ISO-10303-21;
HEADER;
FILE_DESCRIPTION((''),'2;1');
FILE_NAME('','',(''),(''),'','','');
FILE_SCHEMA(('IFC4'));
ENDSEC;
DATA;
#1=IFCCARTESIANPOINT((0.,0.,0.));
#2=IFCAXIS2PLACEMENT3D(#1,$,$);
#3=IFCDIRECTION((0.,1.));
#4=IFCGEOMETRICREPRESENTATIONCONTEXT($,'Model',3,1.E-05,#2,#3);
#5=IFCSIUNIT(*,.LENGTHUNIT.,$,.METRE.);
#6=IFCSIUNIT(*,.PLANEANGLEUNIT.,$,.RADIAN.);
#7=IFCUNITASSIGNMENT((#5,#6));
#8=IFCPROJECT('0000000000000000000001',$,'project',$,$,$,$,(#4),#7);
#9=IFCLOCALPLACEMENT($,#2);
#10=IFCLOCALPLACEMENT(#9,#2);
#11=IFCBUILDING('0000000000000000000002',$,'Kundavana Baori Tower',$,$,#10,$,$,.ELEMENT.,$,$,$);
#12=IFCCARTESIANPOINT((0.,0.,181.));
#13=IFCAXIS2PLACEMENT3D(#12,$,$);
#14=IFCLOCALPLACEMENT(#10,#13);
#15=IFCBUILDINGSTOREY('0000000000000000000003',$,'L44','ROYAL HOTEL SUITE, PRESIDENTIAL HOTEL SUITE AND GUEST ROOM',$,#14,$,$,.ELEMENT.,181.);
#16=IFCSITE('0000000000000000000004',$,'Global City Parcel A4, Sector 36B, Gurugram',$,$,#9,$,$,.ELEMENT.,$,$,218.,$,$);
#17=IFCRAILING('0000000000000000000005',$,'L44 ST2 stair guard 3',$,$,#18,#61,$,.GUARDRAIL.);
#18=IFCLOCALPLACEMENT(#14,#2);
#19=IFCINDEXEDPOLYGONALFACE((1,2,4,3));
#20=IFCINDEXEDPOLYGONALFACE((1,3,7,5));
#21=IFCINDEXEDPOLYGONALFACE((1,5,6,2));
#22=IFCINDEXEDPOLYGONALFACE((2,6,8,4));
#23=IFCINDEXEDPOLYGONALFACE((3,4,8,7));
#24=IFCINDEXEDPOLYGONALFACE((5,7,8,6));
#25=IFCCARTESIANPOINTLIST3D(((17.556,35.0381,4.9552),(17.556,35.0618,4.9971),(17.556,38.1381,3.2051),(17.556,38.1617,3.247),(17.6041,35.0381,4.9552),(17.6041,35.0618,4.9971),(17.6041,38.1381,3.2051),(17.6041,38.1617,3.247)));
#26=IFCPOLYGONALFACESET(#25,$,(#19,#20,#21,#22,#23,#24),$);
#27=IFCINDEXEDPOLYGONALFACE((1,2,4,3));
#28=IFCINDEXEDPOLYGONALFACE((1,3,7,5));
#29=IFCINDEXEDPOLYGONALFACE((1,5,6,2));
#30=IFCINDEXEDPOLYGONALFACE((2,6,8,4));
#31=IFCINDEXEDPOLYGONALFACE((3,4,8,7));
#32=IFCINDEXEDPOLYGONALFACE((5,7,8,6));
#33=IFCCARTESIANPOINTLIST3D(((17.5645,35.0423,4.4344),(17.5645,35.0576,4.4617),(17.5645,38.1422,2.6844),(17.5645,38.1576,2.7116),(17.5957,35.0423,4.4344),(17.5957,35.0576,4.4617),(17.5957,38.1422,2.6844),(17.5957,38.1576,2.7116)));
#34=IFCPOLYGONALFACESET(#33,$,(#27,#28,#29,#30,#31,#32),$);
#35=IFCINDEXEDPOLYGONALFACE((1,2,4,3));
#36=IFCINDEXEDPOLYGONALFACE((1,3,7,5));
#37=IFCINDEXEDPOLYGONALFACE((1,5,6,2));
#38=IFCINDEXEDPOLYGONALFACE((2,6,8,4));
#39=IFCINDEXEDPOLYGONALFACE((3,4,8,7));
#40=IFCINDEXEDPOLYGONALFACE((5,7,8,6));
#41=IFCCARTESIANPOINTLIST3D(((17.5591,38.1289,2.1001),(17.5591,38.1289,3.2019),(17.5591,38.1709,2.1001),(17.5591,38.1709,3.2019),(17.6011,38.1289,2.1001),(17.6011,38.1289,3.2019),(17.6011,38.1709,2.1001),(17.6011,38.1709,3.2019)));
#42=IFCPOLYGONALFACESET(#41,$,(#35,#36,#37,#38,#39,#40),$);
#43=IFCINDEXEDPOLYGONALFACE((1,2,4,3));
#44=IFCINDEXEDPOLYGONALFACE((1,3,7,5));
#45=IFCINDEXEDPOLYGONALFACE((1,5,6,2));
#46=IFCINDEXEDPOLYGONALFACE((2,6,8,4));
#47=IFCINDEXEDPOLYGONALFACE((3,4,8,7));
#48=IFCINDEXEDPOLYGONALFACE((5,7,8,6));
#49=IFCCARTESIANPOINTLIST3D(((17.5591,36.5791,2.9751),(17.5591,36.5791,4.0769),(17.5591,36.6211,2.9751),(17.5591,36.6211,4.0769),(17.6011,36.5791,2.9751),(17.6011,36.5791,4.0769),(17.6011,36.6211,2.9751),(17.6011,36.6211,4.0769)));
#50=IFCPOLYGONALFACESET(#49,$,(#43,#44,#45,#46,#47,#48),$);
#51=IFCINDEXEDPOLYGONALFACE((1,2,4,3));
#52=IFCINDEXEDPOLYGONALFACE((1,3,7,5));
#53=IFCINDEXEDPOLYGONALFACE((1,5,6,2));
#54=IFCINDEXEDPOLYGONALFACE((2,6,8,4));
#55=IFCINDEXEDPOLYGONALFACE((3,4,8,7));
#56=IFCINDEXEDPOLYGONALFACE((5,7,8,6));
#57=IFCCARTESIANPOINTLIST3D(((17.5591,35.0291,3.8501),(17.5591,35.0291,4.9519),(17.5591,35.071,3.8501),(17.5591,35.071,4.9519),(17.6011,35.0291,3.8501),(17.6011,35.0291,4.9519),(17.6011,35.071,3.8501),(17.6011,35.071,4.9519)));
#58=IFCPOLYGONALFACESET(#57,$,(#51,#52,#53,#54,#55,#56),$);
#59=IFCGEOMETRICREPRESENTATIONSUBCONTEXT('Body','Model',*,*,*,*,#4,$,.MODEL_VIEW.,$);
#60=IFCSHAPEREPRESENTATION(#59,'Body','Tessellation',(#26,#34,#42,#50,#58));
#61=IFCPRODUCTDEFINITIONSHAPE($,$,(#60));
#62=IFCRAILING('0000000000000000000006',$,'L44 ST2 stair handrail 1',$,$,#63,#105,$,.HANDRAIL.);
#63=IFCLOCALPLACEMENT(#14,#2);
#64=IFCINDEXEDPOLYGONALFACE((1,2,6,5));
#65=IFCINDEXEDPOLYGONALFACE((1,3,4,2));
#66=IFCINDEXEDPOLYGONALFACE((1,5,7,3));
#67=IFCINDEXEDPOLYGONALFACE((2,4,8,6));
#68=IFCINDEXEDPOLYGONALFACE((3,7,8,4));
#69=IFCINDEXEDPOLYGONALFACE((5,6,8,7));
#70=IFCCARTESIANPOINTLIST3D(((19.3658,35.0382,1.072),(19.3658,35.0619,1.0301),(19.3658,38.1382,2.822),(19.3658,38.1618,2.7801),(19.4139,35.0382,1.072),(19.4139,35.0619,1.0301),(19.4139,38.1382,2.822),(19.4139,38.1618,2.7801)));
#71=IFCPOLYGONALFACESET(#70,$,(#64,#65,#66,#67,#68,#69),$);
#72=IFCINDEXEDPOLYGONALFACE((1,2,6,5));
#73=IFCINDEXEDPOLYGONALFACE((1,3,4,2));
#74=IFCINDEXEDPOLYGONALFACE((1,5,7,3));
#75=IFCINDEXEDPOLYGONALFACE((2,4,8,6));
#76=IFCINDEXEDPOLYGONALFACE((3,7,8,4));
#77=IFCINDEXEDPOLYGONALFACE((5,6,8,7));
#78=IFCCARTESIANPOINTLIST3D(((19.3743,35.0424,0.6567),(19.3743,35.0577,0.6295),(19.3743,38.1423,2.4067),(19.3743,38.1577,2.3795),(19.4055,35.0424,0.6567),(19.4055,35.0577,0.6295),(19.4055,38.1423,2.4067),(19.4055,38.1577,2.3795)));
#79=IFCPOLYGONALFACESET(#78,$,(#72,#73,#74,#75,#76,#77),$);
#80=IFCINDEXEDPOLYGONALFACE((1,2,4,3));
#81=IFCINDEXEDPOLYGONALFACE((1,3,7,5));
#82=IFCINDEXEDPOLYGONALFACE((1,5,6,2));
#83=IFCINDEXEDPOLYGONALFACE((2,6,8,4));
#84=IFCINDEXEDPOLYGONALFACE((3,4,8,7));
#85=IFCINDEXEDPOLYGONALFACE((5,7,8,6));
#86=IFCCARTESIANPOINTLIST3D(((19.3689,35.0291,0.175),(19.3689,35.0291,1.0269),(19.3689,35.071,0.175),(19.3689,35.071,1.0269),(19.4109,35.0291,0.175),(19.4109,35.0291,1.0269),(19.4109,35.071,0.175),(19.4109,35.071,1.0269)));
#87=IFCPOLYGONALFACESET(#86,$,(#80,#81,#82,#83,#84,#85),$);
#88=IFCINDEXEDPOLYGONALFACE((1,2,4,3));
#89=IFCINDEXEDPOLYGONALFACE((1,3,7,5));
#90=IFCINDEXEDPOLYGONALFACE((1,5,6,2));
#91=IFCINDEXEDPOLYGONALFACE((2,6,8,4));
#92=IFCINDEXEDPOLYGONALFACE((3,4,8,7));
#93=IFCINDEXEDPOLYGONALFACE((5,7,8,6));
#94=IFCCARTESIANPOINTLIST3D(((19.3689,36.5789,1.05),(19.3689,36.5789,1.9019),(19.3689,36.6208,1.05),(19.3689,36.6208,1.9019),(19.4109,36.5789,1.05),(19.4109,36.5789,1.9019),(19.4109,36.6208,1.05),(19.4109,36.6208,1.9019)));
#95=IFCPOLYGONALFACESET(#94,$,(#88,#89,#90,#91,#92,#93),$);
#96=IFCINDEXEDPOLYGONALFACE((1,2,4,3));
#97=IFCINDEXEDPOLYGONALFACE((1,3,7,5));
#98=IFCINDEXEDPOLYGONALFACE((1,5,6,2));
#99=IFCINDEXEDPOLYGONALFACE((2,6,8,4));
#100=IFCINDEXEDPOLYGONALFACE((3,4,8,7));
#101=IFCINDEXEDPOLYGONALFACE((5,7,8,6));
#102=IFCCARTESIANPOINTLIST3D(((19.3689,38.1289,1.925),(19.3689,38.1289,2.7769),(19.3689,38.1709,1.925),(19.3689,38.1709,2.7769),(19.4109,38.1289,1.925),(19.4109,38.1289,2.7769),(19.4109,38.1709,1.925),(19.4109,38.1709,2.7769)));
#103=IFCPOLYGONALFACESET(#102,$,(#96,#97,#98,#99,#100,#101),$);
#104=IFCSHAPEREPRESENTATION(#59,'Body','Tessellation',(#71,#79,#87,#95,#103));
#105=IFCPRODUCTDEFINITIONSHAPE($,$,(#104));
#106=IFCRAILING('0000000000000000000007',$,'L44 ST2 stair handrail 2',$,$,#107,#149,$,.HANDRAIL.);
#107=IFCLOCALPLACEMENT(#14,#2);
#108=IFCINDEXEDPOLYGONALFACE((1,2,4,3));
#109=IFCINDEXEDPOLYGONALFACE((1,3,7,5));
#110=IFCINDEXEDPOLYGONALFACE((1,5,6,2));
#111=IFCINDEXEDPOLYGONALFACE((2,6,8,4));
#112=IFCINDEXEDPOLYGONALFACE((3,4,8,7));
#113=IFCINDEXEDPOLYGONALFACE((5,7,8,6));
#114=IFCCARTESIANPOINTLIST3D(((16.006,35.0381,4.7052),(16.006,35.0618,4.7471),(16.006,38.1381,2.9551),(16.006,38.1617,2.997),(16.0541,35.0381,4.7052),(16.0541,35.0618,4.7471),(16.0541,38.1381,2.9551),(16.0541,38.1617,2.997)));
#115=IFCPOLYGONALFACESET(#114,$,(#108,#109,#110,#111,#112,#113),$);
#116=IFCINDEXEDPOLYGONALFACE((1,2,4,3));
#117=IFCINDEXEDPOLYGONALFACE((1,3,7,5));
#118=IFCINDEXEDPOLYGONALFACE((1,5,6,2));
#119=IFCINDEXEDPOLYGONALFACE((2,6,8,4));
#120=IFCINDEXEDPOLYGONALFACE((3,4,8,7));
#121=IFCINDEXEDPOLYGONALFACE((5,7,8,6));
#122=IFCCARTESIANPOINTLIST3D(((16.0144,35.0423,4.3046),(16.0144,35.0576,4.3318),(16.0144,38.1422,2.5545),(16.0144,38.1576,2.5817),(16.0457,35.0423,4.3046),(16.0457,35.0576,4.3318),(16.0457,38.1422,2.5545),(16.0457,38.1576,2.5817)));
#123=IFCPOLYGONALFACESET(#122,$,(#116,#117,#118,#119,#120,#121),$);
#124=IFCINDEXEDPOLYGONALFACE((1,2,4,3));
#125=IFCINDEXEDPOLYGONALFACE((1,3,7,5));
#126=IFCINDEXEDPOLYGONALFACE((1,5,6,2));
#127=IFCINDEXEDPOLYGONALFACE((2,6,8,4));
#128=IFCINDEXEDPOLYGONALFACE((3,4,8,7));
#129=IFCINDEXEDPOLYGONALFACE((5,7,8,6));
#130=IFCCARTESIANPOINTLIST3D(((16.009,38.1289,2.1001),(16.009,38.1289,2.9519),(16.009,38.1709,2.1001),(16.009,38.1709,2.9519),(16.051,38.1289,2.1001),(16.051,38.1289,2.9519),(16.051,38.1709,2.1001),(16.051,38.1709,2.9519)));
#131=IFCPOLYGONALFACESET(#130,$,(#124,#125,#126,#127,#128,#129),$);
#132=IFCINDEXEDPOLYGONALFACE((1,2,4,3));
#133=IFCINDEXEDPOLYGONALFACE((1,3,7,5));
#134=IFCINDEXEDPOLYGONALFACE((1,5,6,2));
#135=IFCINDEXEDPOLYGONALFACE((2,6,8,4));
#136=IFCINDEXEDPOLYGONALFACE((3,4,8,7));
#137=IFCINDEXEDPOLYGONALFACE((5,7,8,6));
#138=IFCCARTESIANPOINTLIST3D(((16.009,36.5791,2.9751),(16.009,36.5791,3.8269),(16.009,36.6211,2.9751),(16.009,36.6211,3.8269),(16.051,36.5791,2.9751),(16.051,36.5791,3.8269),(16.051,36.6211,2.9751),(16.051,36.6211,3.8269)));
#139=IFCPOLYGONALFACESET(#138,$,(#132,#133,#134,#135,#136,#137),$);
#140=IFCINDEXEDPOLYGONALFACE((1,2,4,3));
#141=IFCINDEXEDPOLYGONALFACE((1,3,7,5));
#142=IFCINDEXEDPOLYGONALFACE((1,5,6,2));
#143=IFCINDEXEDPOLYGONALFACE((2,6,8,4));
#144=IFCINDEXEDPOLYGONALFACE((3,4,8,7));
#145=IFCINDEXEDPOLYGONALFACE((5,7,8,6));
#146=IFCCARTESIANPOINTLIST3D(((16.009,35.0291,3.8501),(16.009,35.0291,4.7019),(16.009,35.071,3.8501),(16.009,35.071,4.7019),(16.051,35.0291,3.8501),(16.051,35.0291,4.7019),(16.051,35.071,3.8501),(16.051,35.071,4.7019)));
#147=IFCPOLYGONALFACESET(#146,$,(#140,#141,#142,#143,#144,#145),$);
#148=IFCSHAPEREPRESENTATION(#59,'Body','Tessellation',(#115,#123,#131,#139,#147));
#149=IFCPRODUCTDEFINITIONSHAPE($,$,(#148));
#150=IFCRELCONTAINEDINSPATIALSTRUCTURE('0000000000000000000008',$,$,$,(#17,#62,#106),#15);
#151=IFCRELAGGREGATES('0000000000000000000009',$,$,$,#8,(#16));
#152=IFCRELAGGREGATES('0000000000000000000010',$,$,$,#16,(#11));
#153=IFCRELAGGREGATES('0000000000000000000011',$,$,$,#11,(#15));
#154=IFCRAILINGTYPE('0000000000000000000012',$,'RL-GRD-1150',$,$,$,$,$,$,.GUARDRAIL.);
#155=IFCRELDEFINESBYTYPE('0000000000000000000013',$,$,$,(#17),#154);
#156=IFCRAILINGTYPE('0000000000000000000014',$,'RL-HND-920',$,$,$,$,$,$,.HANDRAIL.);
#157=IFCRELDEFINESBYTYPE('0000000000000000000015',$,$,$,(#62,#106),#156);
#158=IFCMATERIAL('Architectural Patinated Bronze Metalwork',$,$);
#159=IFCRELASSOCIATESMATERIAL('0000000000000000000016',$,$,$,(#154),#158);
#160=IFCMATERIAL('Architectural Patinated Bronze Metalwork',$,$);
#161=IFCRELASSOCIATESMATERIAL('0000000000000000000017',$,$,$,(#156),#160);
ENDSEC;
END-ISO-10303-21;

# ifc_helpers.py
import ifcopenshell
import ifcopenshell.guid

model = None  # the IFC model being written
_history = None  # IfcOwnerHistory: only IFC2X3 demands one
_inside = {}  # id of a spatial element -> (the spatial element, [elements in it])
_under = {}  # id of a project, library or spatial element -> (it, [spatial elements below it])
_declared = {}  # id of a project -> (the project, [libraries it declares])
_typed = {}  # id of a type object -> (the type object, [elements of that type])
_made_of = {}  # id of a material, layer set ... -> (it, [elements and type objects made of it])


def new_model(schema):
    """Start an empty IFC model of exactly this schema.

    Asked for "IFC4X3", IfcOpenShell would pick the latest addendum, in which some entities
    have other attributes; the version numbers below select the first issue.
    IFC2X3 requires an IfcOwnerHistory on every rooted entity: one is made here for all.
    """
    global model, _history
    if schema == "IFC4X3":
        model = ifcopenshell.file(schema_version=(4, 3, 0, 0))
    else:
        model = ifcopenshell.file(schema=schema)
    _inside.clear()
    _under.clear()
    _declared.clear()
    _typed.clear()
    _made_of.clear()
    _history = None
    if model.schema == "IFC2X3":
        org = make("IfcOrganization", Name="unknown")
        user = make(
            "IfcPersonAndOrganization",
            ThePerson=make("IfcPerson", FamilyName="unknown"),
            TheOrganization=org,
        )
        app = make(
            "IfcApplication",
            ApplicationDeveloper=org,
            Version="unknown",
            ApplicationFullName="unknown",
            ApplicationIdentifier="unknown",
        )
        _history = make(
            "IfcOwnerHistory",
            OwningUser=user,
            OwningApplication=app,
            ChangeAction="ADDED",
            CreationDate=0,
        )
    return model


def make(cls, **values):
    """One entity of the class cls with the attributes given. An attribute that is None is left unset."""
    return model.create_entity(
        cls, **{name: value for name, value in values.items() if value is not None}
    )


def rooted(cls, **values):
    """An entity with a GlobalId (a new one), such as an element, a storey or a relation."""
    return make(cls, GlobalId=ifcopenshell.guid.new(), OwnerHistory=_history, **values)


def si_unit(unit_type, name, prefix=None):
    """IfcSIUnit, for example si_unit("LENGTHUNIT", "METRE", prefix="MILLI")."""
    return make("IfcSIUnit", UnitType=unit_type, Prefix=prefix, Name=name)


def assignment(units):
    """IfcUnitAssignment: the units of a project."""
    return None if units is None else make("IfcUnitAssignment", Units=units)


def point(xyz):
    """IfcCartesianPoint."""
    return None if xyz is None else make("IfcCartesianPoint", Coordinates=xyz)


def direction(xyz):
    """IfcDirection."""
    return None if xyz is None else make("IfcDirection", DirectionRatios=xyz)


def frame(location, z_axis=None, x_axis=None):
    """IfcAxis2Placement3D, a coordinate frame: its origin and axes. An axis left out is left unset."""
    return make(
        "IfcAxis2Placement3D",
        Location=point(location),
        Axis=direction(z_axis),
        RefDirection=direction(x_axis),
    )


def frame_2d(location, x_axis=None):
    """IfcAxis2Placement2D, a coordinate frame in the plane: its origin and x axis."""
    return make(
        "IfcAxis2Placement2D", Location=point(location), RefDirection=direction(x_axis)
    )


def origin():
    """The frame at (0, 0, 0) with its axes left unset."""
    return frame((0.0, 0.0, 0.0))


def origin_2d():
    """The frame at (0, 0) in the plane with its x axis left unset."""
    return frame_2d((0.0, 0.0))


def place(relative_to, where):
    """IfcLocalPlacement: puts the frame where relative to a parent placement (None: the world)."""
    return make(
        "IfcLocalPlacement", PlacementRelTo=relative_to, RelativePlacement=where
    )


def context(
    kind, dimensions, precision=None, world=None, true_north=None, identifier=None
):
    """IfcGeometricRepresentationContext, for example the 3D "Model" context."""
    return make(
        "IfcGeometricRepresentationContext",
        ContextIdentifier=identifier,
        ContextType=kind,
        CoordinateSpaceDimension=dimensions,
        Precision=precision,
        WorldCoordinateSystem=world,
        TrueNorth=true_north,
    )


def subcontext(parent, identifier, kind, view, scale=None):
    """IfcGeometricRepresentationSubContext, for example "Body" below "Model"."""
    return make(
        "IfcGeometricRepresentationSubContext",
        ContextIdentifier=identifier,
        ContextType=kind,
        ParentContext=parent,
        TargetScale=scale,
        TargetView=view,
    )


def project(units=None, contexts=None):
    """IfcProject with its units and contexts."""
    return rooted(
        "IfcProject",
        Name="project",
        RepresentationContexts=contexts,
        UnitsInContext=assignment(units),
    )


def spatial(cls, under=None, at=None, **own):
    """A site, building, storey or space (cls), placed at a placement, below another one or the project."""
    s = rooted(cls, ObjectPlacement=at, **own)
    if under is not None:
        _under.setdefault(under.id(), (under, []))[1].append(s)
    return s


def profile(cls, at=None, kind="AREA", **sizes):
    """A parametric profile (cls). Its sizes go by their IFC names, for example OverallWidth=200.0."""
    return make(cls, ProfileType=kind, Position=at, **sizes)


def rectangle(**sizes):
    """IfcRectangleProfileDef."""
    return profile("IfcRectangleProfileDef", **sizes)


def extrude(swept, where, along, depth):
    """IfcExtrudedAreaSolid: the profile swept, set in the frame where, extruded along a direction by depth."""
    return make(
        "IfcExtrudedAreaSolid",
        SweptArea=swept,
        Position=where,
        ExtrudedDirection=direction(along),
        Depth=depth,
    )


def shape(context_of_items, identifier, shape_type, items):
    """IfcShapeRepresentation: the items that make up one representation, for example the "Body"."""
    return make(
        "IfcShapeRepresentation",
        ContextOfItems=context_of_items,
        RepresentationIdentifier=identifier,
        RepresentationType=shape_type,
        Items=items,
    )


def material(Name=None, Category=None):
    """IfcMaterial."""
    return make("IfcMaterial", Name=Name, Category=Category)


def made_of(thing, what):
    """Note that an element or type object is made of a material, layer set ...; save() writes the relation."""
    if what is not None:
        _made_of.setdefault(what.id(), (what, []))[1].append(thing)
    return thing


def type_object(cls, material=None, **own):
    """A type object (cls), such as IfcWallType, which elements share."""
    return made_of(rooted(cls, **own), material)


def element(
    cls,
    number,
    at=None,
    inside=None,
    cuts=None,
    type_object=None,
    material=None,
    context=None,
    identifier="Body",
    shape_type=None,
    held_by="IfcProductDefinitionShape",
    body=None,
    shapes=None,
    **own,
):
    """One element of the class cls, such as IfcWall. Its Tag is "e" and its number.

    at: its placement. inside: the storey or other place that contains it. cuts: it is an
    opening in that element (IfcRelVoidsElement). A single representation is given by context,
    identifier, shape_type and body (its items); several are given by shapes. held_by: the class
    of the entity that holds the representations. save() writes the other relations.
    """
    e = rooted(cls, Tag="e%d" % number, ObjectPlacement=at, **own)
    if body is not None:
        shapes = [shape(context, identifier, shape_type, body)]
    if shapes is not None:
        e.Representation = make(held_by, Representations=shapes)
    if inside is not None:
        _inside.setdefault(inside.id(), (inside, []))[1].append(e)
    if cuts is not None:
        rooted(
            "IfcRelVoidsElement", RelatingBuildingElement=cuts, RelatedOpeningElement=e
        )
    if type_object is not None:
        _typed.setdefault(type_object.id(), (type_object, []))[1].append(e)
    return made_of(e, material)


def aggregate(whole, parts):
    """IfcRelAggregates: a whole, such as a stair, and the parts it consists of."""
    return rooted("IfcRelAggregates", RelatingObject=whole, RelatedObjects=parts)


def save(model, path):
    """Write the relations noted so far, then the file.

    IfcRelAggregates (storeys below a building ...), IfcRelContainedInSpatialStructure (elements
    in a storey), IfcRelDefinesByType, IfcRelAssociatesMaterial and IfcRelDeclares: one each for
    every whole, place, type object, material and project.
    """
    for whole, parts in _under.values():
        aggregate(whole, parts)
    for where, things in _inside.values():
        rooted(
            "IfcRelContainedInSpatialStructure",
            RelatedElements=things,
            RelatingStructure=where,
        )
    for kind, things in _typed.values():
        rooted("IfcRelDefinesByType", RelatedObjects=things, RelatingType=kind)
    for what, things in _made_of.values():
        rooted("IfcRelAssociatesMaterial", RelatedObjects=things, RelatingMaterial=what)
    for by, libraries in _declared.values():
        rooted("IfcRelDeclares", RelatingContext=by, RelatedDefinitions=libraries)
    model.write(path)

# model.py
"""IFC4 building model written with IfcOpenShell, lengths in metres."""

from ifc_helpers import new_model, si_unit, direction, frame, origin, origin_2d, place, context, subcontext, project, spatial, rectangle, extrude, material, type_object, element, save


model = new_model("IFC4")

# Units and contexts
model_context = context("Model", 3, precision=1e-05, world=origin(), true_north=direction((0.0, 1.0)))
body_context = subcontext(model_context, "Body", "Model", "MODEL_VIEW")
ifc_project = project(units=[si_unit("LENGTHUNIT", "METRE"), si_unit("PLANEANGLEUNIT", "RADIAN")], contexts=[model_context])

# Site, building, storey
site_placement = place(None, origin())
site = spatial("IfcSite", under=ifc_project, at=site_placement, Name="Global City Parcel A4, Sector 36B, Gurugram", CompositionType="ELEMENT", RefElevation=218.0)
building_placement = place(site_placement, origin())
building = spatial("IfcBuilding", under=site, at=building_placement, Name="Kundavana Baori Tower", CompositionType="ELEMENT")
storey_placement = place(building_placement, frame((0.0, 0.0, 181.0)))
storey = spatial("IfcBuildingStorey", under=building, at=storey_placement, Name="L44", Description="ROYAL HOTEL SUITE, PRESIDENTIAL HOTEL SUITE AND GUEST ROOM", CompositionType="ELEMENT", Elevation=181.0)

# Railings
ifc_material_1 = material(Name="Architectural Patinated Bronze Metalwork")
railing_type_1 = type_object("IfcRailingType", Name="RL-GRD-1150", PredefinedType="GUARDRAIL", material=ifc_material_1)
railing_1_placement = place(storey_placement, frame((17.5801, 38.1499, 2.1001)))
element("IfcRailing", 1, at=railing_1_placement, inside=storey, type_object=railing_type_1, Name="L44 ST2 stair guard 3", PredefinedType="GUARDRAIL", context=body_context, shape_type="SweptSolid", body=[
    extrude(rectangle(XDim=0.0481, YDim=0.0481, at=origin_2d()), frame((0.0, 0.0, 1.126), z_axis=(0.0, -0.870814, 0.491612), x_axis=(1.0, 0.0, 0.0)), (0.0, 0.0, 1.0), 3.5598),
    extrude(rectangle(XDim=0.0312, YDim=0.0312, at=origin_2d()), frame((0.0, 0.0, 0.5979), z_axis=(0.0, -0.870814, 0.491612), x_axis=(1.0, 0.0, 0.0)), (0.0, 0.0, 1.0), 3.5598),
    extrude(rectangle(XDim=0.042, YDim=0.042, at=origin_2d()), origin(), (0.0, 0.0, 1.0), 1.1018),
    extrude(rectangle(XDim=0.042, YDim=0.042, at=origin_2d()), frame((0.0, -1.5498, 0.875)), (0.0, 0.0, 1.0), 1.1018),
    extrude(rectangle(XDim=0.042, YDim=0.042, at=origin_2d()), frame((0.0, -3.0999, 1.75)), (0.0, 0.0, 1.0), 1.1018),
])
ifc_material_2 = material(Name="Architectural Patinated Bronze Metalwork")
railing_type_2 = type_object("IfcRailingType", Name="RL-HND-920", PredefinedType="HANDRAIL", material=ifc_material_2)
railing_2_placement = place(storey_placement, frame((19.3899, 35.05, 0.175)))
element("IfcRailing", 2, at=railing_2_placement, inside=storey, type_object=railing_type_2, Name="L44 ST2 stair handrail 1", PredefinedType="HANDRAIL", context=body_context, shape_type="SweptSolid", body=[
    extrude(rectangle(XDim=0.0481, YDim=0.0481, at=origin_2d()), frame((0.0, 0.0, 0.876), z_axis=(0.0, 0.870814, 0.491612), x_axis=(-1.0, 0.0, 0.0)), (0.0, 0.0, 1.0), 3.5598),
    extrude(rectangle(XDim=0.0312, YDim=0.0312, at=origin_2d()), frame((0.0, 0.0, 0.468), z_axis=(0.0, 0.870814, 0.491612), x_axis=(-1.0, 0.0, 0.0)), (0.0, 0.0, 1.0), 3.5598),
    extrude(rectangle(XDim=0.042, YDim=0.042, at=origin_2d()), origin(), (0.0, 0.0, 1.0), 0.8518),
    extrude(rectangle(XDim=0.042, YDim=0.042, at=origin_2d()), frame((0.0, 1.5498, 0.875)), (0.0, 0.0, 1.0), 0.8518),
    extrude(rectangle(XDim=0.042, YDim=0.042, at=origin_2d()), frame((0.0, 3.0999, 1.75)), (0.0, 0.0, 1.0), 0.8518),
])
railing_3_placement = place(storey_placement, frame((16.03, 38.1499, 2.1001)))
element("IfcRailing", 3, at=railing_3_placement, inside=storey, type_object=railing_type_2, Name="L44 ST2 stair handrail 2", PredefinedType="HANDRAIL", context=body_context, shape_type="SweptSolid", body=[
    extrude(rectangle(XDim=0.0481, YDim=0.0481, at=origin_2d()), frame((0.0, 0.0, 0.876), z_axis=(0.0, -0.870814, 0.491612), x_axis=(1.0, 0.0, 0.0)), (0.0, 0.0, 1.0), 3.5598),
    extrude(rectangle(XDim=0.0312, YDim=0.0312, at=origin_2d()), frame((0.0, 0.0, 0.468), z_axis=(0.0, -0.870814, 0.491612), x_axis=(1.0, 0.0, 0.0)), (0.0, 0.0, 1.0), 3.5598),
    extrude(rectangle(XDim=0.042, YDim=0.042, at=origin_2d()), origin(), (0.0, 0.0, 1.0), 0.8518),
    extrude(rectangle(XDim=0.042, YDim=0.042, at=origin_2d()), frame((0.0, -1.5498, 0.875)), (0.0, 0.0, 1.0), 0.8518),
    extrude(rectangle(XDim=0.042, YDim=0.042, at=origin_2d()), frame((0.0, -3.0999, 1.75)), (0.0, 0.0, 1.0), 0.8518),
])

save(model, "model.ifc")
